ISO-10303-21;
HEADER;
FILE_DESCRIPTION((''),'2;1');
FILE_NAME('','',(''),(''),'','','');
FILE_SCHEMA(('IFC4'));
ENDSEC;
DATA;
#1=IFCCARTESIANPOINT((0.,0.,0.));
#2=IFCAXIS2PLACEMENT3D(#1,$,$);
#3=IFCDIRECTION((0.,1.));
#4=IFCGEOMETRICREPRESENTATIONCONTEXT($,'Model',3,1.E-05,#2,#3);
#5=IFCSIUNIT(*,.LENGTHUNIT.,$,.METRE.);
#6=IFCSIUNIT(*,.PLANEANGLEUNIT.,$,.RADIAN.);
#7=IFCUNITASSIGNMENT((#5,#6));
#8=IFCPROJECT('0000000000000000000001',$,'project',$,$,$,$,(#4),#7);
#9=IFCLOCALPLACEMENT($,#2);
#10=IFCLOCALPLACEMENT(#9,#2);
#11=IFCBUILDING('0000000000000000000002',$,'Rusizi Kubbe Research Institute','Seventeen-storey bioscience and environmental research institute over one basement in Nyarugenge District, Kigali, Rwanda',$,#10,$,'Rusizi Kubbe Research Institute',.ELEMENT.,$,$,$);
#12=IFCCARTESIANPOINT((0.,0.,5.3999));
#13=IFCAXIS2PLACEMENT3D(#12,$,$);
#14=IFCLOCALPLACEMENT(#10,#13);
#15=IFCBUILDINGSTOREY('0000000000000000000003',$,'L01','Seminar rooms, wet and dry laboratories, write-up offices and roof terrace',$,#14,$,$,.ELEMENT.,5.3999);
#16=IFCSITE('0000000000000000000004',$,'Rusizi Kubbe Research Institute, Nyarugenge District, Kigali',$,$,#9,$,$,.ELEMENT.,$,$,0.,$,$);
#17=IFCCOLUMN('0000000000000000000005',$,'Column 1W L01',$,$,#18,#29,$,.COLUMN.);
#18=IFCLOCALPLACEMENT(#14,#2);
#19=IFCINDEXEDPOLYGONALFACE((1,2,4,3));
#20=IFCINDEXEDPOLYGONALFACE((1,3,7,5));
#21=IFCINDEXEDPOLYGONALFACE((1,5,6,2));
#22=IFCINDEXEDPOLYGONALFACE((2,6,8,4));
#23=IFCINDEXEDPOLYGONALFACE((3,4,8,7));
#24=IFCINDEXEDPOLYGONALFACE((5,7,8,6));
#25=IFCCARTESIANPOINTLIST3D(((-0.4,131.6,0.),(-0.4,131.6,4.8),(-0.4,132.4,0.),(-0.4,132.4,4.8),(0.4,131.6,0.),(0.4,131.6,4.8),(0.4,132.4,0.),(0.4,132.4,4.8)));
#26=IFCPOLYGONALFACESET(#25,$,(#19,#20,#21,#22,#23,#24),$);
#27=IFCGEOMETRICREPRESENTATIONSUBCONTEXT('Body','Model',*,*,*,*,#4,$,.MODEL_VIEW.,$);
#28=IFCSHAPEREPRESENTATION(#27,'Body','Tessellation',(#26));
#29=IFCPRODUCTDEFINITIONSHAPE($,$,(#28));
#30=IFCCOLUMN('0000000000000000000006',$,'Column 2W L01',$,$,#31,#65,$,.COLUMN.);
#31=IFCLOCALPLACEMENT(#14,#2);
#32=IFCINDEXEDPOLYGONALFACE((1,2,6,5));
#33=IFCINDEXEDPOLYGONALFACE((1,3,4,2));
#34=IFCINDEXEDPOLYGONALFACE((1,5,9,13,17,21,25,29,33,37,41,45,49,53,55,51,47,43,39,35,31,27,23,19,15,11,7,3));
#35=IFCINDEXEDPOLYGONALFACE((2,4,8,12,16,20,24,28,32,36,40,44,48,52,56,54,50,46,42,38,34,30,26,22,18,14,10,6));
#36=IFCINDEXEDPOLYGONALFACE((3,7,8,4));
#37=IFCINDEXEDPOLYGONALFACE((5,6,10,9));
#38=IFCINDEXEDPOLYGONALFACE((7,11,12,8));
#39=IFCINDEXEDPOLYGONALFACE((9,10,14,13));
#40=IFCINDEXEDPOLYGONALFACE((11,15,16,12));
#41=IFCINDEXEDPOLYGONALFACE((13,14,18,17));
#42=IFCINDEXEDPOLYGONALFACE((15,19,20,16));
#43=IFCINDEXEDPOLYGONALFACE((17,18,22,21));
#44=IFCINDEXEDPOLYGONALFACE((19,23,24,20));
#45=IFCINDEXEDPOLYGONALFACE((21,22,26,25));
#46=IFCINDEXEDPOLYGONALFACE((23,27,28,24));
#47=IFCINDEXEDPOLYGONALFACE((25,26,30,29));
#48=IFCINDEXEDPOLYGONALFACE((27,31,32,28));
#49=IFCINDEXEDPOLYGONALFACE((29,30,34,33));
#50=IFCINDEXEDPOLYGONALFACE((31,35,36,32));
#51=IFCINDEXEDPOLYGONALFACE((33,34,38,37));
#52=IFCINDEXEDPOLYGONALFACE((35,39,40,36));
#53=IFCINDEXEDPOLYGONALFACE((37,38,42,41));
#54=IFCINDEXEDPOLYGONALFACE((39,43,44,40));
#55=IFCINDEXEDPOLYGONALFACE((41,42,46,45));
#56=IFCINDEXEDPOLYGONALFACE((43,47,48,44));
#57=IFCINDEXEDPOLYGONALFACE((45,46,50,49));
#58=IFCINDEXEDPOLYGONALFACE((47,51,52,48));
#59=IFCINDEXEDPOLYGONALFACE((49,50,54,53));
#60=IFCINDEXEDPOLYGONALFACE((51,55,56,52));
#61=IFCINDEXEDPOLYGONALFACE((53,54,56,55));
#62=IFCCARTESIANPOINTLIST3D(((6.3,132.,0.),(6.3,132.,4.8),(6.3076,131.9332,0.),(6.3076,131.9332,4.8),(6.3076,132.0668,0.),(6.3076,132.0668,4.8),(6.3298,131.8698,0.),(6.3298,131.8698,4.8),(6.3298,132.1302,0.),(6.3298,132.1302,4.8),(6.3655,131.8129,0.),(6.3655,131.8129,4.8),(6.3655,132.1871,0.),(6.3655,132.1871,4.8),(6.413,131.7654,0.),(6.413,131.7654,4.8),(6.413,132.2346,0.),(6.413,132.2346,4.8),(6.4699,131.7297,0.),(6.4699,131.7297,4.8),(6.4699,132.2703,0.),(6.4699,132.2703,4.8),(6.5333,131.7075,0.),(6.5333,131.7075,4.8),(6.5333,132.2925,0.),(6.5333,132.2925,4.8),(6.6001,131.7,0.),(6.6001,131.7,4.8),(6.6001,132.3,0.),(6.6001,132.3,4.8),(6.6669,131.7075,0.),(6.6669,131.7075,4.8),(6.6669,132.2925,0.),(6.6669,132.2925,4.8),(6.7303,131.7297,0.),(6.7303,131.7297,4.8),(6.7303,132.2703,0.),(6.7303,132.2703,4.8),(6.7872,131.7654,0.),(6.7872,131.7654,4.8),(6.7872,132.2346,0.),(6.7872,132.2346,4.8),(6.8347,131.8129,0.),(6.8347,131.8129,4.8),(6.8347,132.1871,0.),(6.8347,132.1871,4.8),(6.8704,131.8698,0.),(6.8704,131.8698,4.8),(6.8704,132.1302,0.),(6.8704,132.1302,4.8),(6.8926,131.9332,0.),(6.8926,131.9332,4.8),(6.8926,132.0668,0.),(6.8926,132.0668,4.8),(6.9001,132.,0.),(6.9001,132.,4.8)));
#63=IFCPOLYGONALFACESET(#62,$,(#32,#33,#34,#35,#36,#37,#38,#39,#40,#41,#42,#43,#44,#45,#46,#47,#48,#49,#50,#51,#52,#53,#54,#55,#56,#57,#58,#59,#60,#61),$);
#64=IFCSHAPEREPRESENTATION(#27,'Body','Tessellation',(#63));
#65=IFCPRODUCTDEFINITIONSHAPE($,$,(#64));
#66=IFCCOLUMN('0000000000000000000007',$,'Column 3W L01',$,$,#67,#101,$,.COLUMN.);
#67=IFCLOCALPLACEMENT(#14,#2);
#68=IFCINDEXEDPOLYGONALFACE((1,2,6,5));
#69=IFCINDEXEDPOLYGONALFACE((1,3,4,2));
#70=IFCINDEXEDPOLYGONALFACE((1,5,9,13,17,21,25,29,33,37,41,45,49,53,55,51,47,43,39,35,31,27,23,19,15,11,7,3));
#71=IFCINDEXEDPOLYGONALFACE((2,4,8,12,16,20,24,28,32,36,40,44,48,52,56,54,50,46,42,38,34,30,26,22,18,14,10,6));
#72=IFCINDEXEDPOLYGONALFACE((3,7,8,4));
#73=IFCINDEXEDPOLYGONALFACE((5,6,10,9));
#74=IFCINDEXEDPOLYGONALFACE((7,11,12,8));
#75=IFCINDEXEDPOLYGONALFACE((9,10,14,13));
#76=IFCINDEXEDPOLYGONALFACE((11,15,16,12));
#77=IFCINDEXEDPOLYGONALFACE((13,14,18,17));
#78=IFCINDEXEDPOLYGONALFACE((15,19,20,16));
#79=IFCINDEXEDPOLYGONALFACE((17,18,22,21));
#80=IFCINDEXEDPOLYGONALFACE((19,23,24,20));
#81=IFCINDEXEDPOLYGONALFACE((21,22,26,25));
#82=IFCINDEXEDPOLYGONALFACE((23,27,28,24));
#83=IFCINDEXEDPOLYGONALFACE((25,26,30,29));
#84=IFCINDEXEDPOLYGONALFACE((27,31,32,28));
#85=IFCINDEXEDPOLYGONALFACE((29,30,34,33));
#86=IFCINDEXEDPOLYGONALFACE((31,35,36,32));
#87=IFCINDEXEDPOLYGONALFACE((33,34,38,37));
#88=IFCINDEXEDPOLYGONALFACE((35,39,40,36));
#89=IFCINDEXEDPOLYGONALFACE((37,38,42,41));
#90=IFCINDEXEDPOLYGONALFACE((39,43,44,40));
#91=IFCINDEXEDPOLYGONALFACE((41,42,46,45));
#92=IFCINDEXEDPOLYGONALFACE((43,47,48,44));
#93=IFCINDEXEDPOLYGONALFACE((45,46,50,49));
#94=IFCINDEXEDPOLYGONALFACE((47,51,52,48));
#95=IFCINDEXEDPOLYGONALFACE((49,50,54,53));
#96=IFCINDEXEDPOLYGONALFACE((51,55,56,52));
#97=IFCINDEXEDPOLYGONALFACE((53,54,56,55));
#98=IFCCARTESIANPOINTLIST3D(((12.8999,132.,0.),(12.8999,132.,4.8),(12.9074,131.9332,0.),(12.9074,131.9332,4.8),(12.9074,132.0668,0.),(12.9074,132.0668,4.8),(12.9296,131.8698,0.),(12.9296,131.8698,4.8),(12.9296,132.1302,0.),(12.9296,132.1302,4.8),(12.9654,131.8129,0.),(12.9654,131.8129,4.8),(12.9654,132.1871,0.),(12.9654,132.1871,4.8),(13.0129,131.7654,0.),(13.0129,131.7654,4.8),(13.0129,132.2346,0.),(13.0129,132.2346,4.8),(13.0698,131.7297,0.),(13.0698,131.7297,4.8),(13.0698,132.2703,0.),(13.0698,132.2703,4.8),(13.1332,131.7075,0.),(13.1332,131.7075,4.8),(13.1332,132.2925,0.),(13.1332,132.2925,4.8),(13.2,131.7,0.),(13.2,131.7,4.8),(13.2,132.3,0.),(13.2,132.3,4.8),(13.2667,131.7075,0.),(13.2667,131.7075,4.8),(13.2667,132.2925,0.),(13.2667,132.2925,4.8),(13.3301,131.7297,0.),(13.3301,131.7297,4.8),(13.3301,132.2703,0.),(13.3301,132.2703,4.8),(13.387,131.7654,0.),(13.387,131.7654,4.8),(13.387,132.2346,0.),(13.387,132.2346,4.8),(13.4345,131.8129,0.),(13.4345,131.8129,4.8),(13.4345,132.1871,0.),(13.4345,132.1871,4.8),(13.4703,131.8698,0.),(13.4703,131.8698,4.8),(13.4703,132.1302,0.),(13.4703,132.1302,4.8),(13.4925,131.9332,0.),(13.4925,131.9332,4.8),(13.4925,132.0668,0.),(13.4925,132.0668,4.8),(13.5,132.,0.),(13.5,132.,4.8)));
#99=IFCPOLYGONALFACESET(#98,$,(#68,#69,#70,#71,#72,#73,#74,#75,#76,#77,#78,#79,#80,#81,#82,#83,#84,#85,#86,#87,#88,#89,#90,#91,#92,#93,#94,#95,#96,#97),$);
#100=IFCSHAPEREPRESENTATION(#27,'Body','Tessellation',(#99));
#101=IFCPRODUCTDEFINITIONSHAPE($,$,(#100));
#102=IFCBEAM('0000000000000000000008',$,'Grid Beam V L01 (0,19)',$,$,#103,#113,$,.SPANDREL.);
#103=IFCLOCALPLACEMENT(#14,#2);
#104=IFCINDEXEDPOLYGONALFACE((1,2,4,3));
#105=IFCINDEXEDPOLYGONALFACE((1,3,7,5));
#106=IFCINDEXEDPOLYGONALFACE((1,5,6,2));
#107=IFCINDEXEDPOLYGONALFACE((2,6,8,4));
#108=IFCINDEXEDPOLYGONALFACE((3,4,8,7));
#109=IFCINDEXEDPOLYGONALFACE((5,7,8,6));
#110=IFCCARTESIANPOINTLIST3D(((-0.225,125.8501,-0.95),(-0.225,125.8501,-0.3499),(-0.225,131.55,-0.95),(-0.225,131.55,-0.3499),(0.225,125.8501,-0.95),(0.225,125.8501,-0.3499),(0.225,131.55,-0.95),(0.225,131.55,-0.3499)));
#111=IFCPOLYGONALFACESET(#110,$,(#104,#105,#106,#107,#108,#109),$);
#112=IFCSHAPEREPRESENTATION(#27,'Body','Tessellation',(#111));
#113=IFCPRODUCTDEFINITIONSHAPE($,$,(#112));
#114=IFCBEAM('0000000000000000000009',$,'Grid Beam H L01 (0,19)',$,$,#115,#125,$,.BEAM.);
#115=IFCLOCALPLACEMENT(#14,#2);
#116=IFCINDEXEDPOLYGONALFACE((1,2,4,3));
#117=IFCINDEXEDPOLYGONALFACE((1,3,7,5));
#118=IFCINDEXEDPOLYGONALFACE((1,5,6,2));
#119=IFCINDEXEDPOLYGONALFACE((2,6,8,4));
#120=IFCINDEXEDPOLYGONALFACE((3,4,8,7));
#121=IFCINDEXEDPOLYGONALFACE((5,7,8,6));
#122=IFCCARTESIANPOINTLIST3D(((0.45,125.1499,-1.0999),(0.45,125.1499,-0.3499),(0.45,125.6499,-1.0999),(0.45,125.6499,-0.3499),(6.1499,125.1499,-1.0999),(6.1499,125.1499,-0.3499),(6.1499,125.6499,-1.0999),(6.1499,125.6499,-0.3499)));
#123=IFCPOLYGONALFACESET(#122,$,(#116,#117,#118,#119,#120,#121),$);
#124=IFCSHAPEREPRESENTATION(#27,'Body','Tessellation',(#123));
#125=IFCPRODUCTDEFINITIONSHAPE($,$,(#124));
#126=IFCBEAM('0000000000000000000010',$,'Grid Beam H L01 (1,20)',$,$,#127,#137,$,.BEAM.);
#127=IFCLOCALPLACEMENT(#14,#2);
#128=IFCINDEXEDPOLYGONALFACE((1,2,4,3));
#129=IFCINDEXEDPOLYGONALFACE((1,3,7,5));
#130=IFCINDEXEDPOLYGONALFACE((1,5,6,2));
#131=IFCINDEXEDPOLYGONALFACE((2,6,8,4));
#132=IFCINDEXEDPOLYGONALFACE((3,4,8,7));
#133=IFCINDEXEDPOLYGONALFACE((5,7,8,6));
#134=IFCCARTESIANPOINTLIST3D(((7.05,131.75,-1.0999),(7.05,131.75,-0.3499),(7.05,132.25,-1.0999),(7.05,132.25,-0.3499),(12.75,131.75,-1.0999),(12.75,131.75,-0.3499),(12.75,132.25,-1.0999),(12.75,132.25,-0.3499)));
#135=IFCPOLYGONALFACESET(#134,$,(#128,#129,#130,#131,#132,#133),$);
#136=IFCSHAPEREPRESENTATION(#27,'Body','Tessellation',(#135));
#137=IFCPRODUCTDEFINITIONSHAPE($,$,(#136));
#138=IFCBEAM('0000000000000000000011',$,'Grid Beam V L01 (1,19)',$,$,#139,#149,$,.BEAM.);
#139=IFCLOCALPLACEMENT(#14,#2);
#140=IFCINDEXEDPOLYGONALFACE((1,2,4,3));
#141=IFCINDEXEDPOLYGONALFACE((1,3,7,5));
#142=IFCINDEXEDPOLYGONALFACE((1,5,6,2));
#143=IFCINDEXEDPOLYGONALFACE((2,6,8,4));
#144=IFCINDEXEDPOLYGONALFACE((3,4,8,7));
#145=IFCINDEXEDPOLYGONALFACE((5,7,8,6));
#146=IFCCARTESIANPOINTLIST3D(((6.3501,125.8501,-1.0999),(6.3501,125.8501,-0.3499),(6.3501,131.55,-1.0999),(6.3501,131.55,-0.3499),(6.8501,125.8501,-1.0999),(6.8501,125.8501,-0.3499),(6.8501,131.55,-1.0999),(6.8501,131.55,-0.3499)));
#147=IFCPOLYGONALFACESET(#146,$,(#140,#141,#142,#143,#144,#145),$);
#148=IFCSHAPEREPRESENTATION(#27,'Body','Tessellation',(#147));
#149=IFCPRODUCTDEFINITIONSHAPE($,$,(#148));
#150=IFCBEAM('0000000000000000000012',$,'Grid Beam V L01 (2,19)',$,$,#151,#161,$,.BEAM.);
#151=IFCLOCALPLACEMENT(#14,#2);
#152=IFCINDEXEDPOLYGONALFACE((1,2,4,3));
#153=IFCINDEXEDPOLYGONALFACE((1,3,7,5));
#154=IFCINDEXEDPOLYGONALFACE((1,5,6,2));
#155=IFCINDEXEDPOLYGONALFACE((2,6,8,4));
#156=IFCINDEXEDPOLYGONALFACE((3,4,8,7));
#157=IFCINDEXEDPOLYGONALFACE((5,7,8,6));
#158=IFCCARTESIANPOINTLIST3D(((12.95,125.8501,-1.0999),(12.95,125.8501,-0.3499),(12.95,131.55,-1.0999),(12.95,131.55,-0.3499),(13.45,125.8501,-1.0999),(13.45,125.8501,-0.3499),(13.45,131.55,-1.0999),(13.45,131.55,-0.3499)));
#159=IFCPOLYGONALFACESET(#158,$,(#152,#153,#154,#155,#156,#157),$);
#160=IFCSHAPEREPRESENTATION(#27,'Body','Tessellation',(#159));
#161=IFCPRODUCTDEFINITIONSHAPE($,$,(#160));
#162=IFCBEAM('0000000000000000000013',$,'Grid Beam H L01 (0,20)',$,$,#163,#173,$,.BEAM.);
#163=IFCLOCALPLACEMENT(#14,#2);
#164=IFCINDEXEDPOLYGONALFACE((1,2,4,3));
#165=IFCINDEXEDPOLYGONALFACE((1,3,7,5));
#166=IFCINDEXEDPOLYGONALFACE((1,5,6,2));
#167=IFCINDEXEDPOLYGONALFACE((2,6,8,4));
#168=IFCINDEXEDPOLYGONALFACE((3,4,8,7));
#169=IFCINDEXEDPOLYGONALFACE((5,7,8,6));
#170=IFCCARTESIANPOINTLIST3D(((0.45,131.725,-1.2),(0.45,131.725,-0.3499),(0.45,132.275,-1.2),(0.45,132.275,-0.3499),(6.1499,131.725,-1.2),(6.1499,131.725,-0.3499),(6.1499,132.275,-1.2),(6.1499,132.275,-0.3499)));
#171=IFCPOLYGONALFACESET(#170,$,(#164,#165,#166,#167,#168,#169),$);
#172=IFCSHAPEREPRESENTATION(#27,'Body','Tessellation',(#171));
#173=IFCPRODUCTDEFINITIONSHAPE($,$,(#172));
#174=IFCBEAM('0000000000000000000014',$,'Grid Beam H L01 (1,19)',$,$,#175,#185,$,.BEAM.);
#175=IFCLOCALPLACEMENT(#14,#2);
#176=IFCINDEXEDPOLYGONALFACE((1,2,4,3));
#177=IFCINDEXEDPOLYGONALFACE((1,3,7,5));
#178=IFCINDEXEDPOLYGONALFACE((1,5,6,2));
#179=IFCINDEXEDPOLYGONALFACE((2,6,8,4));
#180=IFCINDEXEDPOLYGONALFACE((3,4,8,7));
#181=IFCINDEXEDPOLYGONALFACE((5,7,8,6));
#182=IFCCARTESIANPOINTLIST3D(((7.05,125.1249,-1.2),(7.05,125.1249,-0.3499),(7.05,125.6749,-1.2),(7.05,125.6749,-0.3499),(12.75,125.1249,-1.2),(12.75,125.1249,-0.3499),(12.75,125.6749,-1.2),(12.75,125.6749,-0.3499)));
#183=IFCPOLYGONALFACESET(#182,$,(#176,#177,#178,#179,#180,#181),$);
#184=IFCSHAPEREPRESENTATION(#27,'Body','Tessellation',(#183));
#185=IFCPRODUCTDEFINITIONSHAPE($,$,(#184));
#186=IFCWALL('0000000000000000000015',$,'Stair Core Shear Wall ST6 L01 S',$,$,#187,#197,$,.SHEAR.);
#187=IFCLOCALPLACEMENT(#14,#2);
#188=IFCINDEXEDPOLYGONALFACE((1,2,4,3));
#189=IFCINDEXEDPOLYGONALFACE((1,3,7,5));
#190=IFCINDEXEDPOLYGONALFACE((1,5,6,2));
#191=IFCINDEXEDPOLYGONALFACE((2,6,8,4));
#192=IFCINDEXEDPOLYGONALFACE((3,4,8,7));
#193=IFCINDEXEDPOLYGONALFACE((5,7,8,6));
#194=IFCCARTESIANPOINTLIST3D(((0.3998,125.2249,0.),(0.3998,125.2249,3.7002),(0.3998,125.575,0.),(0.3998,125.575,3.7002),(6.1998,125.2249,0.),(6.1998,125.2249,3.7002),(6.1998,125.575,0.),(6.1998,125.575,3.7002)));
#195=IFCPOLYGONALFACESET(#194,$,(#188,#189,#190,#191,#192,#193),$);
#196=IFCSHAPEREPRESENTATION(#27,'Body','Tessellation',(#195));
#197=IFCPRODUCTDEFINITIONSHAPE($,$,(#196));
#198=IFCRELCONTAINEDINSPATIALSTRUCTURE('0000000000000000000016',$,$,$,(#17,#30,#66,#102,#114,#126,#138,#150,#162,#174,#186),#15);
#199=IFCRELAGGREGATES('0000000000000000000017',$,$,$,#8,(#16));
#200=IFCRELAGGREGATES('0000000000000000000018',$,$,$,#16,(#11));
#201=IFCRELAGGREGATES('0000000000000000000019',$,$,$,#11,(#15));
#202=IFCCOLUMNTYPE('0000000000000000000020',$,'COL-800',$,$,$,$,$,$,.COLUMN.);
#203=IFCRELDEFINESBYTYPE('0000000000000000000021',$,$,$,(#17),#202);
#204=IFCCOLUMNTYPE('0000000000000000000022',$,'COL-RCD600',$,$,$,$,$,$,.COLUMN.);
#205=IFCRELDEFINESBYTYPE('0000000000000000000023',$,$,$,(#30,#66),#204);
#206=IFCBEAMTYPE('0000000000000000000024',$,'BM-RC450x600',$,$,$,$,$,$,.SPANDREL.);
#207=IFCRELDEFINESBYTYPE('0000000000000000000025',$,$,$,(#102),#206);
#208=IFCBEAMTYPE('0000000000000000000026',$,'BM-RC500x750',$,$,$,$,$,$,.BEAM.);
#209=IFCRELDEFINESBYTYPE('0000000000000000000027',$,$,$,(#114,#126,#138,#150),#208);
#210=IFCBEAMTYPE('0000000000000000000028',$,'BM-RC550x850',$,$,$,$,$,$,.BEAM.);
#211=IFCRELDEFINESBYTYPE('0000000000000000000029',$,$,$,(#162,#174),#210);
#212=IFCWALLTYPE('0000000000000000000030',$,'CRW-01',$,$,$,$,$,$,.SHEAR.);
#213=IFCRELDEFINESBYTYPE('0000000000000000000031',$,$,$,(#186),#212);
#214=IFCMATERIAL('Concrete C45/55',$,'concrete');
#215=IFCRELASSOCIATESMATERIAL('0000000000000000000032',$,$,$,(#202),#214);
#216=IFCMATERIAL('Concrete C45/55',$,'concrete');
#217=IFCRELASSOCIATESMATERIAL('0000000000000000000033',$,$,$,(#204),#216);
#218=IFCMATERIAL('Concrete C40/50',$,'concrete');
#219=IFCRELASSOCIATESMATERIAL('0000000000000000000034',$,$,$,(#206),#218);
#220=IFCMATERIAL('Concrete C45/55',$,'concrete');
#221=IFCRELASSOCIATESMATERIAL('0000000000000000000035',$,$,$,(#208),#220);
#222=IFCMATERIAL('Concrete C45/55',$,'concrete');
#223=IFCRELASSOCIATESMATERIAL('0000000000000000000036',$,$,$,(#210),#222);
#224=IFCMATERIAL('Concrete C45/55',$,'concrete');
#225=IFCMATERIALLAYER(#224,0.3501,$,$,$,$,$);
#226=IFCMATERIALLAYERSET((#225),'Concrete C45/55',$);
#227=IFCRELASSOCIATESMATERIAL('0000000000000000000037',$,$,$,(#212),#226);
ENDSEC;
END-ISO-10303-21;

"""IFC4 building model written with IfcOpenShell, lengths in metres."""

from ifc_helpers import new_model, si_unit, direction, frame, frame_2d, origin, origin_2d, place, context, subcontext, project, spatial, rectangle, circle, extrude, material, layer, layer_set, material_profile, profile_set, type_object, element, save


model = new_model("IFC4")

# Units and contexts
model_context = context("Model", 3, precision=1e-05, world=origin(), true_north=direction((0.0, 1.0)))
body_context = subcontext(model_context, "Body", "Model", "MODEL_VIEW")
ifc_project = project(units=[si_unit("LENGTHUNIT", "METRE"), si_unit("PLANEANGLEUNIT", "RADIAN")], contexts=[model_context])

# Site, building, storey
site_placement = place(None, origin())
site = spatial("IfcSite", under=ifc_project, at=site_placement, Name="Rusizi Kubbe Research Institute, Nyarugenge District, Kigali", CompositionType="ELEMENT", RefElevation=0.0)
building_placement = place(site_placement, origin())
building = spatial("IfcBuilding", under=site, at=building_placement, Name="Rusizi Kubbe Research Institute", Description="Seventeen-storey bioscience and environmental research institute over one basement in Nyarugenge District, Kigali, Rwanda", LongName="Rusizi Kubbe Research Institute", CompositionType="ELEMENT")
storey_placement = place(building_placement, frame((0.0, 0.0, 5.3999)))
storey = spatial("IfcBuildingStorey", under=building, at=storey_placement, Name="L01", Description="Seminar rooms, wet and dry laboratories, write-up offices and roof terrace", CompositionType="ELEMENT", Elevation=5.3999)

# Columns
ifc_material_1 = material(Name="Concrete C45/55", Category="concrete")
ifc_material_profile_1 = material_profile(ifc_material_1, rectangle(XDim=0.8, YDim=0.8, at=origin_2d()), Name="RC800x800")
ifc_profile_set_1 = profile_set([ifc_material_profile_1], Name="Concrete C45/55")
column_type_1 = type_object("IfcColumnType", Name="COL-800", PredefinedType="COLUMN", material=ifc_profile_set_1)
column_placement = place(storey_placement, frame((0.0, 132.0, 0.0), z_axis=(0.0, 0.0, 1.0), x_axis=(1.0, 0.0, 0.0)))
element("IfcColumn", 1, at=column_placement, inside=storey, type_object=column_type_1, Name="Column 1W L01", PredefinedType="COLUMN", context=body_context, shape_type="SweptSolid", body=[
    extrude(rectangle(XDim=0.8, YDim=0.8, at=origin_2d()), origin(), (0.0, 0.0, 1.0), 4.8),
])
ifc_material_2 = material(Name="Concrete C45/55", Category="concrete")
ifc_material_profile_2 = material_profile(ifc_material_2, circle(Radius=0.3, at=origin_2d()), Name="RCD600")
ifc_profile_set_2 = profile_set([ifc_material_profile_2], Name="Concrete C45/55")
column_type_2 = type_object("IfcColumnType", Name="COL-RCD600", PredefinedType="COLUMN", material=ifc_profile_set_2)
for number, where, z_axis, x_axis, name in (
    (2, (6.6001, 132.0, 0.0), (0.0, 0.0, 1.0), (1.0, 0.0, 0.0), "Column 2W L01"),
    (3, (13.2, 132.0, 0.0), (0.0, 0.0, 1.0), (1.0, 0.0, 0.0), "Column 3W L01"),
):
    element("IfcColumn", number, at=place(storey_placement, frame(where, z_axis=z_axis, x_axis=x_axis)), inside=storey, type_object=column_type_2, Name=name, PredefinedType="COLUMN", context=body_context, shape_type="SweptSolid", body=[
        extrude(circle(Radius=0.3, at=origin_2d()), origin(), (0.0, 0.0, 1.0), 4.8),
    ])

# Beams
ifc_material_3 = material(Name="Concrete C40/50", Category="concrete")
ifc_material_profile_3 = material_profile(ifc_material_3, rectangle(XDim=0.45, YDim=0.6001, at=origin_2d()), Name="RC450x600")
ifc_profile_set_3 = profile_set([ifc_material_profile_3], Name="Concrete C40/50")
beam_type_1 = type_object("IfcBeamType", Name="BM-RC450x600", PredefinedType="SPANDREL", material=ifc_profile_set_3)
beam_placement = place(storey_placement, frame((0.0, 125.8501, -0.6499), z_axis=(0.0, 1.0, 0.0), x_axis=(-1.0, 0.0, 0.0)))
element("IfcBeam", 4, at=beam_placement, inside=storey, type_object=beam_type_1, Name="Grid Beam V L01 (0,19)", PredefinedType="SPANDREL", context=body_context, shape_type="SweptSolid", body=[
    extrude(rectangle(XDim=0.45, YDim=0.6001, at=origin_2d()), origin(), (0.0, 0.0, 1.0), 5.7),
])
ifc_material_4 = material(Name="Concrete C45/55", Category="concrete")
ifc_material_profile_4 = material_profile(ifc_material_4, rectangle(XDim=0.5, YDim=0.75, at=origin_2d()), Name="RC500x750B")
ifc_profile_set_4 = profile_set([ifc_material_profile_4], Name="Concrete C45/55")
beam_type_2 = type_object("IfcBeamType", Name="BM-RC500x750", PredefinedType="BEAM", material=ifc_profile_set_4)
for number, where, z_axis, x_axis, name in (
    (5, (0.45, 125.3999, -0.7249), (1.0, 0.0, 0.0), (0.0, 1.0, 0.0), "Grid Beam H L01 (0,19)"),
    (6, (7.05, 132.0, -0.7249), (1.0, 0.0, 0.0), (0.0, 1.0, 0.0), "Grid Beam H L01 (1,20)"),
    (7, (6.6001, 125.8501, -0.7249), (0.0, 1.0, 0.0), (-1.0, 0.0, 0.0), "Grid Beam V L01 (1,19)"),
    (8, (13.2, 125.8501, -0.7249), (0.0, 1.0, 0.0), (-1.0, 0.0, 0.0), "Grid Beam V L01 (2,19)"),
):
    element("IfcBeam", number, at=place(storey_placement, frame(where, z_axis=z_axis, x_axis=x_axis)), inside=storey, type_object=beam_type_2, Name=name, PredefinedType="BEAM", context=body_context, shape_type="SweptSolid", body=[
        extrude(rectangle(XDim=0.5, YDim=0.75, at=origin_2d()), origin(), (0.0, 0.0, 1.0), 5.7),
    ])
ifc_material_5 = material(Name="Concrete C45/55", Category="concrete")
ifc_material_profile_5 = material_profile(ifc_material_5, rectangle(XDim=0.55, YDim=0.8501, at=origin_2d()), Name="RC550x850")
ifc_profile_set_5 = profile_set([ifc_material_profile_5], Name="Concrete C45/55")
beam_type_3 = type_object("IfcBeamType", Name="BM-RC550x850", PredefinedType="BEAM", material=ifc_profile_set_5)
for number, where, z_axis, x_axis, name in (
    (9, (0.45, 132.0, -0.7749), (1.0, 0.0, 0.0), (0.0, 1.0, 0.0), "Grid Beam H L01 (0,20)"),
    (10, (7.05, 125.3999, -0.7749), (1.0, 0.0, 0.0), (0.0, 1.0, 0.0), "Grid Beam H L01 (1,19)"),
):
    element("IfcBeam", number, at=place(storey_placement, frame(where, z_axis=z_axis, x_axis=x_axis)), inside=storey, type_object=beam_type_3, Name=name, PredefinedType="BEAM", context=body_context, shape_type="SweptSolid", body=[
        extrude(rectangle(XDim=0.55, YDim=0.8501, at=origin_2d()), origin(), (0.0, 0.0, 1.0), 5.7),
    ])

# Wall
ifc_material_6 = material(Name="Concrete C45/55", Category="concrete")
ifc_layer_1 = layer(ifc_material_6, 0.3501)
ifc_layer_set_1 = layer_set([ifc_layer_1], Name="Concrete C45/55")
wall_type_1 = type_object("IfcWallType", Name="CRW-01", PredefinedType="SHEAR", material=ifc_layer_set_1)
wall_1_placement = place(storey_placement, frame((0.3999, 125.3999, 0.0), z_axis=(0.0, 0.0, 1.0), x_axis=(1.0, 0.0, 0.0)))
element("IfcWall", 11, at=wall_1_placement, inside=storey, type_object=wall_type_1, Name="Stair Core Shear Wall ST6 L01 S", PredefinedType="SHEAR", context=body_context, shape_type="SweptSolid", body=[
    extrude(rectangle(XDim=5.8, YDim=0.3501, at=frame_2d((2.8999, 0.0))), origin(), (0.0, 0.0, 1.0), 3.7002),
])

save(model, "model.ifc")
